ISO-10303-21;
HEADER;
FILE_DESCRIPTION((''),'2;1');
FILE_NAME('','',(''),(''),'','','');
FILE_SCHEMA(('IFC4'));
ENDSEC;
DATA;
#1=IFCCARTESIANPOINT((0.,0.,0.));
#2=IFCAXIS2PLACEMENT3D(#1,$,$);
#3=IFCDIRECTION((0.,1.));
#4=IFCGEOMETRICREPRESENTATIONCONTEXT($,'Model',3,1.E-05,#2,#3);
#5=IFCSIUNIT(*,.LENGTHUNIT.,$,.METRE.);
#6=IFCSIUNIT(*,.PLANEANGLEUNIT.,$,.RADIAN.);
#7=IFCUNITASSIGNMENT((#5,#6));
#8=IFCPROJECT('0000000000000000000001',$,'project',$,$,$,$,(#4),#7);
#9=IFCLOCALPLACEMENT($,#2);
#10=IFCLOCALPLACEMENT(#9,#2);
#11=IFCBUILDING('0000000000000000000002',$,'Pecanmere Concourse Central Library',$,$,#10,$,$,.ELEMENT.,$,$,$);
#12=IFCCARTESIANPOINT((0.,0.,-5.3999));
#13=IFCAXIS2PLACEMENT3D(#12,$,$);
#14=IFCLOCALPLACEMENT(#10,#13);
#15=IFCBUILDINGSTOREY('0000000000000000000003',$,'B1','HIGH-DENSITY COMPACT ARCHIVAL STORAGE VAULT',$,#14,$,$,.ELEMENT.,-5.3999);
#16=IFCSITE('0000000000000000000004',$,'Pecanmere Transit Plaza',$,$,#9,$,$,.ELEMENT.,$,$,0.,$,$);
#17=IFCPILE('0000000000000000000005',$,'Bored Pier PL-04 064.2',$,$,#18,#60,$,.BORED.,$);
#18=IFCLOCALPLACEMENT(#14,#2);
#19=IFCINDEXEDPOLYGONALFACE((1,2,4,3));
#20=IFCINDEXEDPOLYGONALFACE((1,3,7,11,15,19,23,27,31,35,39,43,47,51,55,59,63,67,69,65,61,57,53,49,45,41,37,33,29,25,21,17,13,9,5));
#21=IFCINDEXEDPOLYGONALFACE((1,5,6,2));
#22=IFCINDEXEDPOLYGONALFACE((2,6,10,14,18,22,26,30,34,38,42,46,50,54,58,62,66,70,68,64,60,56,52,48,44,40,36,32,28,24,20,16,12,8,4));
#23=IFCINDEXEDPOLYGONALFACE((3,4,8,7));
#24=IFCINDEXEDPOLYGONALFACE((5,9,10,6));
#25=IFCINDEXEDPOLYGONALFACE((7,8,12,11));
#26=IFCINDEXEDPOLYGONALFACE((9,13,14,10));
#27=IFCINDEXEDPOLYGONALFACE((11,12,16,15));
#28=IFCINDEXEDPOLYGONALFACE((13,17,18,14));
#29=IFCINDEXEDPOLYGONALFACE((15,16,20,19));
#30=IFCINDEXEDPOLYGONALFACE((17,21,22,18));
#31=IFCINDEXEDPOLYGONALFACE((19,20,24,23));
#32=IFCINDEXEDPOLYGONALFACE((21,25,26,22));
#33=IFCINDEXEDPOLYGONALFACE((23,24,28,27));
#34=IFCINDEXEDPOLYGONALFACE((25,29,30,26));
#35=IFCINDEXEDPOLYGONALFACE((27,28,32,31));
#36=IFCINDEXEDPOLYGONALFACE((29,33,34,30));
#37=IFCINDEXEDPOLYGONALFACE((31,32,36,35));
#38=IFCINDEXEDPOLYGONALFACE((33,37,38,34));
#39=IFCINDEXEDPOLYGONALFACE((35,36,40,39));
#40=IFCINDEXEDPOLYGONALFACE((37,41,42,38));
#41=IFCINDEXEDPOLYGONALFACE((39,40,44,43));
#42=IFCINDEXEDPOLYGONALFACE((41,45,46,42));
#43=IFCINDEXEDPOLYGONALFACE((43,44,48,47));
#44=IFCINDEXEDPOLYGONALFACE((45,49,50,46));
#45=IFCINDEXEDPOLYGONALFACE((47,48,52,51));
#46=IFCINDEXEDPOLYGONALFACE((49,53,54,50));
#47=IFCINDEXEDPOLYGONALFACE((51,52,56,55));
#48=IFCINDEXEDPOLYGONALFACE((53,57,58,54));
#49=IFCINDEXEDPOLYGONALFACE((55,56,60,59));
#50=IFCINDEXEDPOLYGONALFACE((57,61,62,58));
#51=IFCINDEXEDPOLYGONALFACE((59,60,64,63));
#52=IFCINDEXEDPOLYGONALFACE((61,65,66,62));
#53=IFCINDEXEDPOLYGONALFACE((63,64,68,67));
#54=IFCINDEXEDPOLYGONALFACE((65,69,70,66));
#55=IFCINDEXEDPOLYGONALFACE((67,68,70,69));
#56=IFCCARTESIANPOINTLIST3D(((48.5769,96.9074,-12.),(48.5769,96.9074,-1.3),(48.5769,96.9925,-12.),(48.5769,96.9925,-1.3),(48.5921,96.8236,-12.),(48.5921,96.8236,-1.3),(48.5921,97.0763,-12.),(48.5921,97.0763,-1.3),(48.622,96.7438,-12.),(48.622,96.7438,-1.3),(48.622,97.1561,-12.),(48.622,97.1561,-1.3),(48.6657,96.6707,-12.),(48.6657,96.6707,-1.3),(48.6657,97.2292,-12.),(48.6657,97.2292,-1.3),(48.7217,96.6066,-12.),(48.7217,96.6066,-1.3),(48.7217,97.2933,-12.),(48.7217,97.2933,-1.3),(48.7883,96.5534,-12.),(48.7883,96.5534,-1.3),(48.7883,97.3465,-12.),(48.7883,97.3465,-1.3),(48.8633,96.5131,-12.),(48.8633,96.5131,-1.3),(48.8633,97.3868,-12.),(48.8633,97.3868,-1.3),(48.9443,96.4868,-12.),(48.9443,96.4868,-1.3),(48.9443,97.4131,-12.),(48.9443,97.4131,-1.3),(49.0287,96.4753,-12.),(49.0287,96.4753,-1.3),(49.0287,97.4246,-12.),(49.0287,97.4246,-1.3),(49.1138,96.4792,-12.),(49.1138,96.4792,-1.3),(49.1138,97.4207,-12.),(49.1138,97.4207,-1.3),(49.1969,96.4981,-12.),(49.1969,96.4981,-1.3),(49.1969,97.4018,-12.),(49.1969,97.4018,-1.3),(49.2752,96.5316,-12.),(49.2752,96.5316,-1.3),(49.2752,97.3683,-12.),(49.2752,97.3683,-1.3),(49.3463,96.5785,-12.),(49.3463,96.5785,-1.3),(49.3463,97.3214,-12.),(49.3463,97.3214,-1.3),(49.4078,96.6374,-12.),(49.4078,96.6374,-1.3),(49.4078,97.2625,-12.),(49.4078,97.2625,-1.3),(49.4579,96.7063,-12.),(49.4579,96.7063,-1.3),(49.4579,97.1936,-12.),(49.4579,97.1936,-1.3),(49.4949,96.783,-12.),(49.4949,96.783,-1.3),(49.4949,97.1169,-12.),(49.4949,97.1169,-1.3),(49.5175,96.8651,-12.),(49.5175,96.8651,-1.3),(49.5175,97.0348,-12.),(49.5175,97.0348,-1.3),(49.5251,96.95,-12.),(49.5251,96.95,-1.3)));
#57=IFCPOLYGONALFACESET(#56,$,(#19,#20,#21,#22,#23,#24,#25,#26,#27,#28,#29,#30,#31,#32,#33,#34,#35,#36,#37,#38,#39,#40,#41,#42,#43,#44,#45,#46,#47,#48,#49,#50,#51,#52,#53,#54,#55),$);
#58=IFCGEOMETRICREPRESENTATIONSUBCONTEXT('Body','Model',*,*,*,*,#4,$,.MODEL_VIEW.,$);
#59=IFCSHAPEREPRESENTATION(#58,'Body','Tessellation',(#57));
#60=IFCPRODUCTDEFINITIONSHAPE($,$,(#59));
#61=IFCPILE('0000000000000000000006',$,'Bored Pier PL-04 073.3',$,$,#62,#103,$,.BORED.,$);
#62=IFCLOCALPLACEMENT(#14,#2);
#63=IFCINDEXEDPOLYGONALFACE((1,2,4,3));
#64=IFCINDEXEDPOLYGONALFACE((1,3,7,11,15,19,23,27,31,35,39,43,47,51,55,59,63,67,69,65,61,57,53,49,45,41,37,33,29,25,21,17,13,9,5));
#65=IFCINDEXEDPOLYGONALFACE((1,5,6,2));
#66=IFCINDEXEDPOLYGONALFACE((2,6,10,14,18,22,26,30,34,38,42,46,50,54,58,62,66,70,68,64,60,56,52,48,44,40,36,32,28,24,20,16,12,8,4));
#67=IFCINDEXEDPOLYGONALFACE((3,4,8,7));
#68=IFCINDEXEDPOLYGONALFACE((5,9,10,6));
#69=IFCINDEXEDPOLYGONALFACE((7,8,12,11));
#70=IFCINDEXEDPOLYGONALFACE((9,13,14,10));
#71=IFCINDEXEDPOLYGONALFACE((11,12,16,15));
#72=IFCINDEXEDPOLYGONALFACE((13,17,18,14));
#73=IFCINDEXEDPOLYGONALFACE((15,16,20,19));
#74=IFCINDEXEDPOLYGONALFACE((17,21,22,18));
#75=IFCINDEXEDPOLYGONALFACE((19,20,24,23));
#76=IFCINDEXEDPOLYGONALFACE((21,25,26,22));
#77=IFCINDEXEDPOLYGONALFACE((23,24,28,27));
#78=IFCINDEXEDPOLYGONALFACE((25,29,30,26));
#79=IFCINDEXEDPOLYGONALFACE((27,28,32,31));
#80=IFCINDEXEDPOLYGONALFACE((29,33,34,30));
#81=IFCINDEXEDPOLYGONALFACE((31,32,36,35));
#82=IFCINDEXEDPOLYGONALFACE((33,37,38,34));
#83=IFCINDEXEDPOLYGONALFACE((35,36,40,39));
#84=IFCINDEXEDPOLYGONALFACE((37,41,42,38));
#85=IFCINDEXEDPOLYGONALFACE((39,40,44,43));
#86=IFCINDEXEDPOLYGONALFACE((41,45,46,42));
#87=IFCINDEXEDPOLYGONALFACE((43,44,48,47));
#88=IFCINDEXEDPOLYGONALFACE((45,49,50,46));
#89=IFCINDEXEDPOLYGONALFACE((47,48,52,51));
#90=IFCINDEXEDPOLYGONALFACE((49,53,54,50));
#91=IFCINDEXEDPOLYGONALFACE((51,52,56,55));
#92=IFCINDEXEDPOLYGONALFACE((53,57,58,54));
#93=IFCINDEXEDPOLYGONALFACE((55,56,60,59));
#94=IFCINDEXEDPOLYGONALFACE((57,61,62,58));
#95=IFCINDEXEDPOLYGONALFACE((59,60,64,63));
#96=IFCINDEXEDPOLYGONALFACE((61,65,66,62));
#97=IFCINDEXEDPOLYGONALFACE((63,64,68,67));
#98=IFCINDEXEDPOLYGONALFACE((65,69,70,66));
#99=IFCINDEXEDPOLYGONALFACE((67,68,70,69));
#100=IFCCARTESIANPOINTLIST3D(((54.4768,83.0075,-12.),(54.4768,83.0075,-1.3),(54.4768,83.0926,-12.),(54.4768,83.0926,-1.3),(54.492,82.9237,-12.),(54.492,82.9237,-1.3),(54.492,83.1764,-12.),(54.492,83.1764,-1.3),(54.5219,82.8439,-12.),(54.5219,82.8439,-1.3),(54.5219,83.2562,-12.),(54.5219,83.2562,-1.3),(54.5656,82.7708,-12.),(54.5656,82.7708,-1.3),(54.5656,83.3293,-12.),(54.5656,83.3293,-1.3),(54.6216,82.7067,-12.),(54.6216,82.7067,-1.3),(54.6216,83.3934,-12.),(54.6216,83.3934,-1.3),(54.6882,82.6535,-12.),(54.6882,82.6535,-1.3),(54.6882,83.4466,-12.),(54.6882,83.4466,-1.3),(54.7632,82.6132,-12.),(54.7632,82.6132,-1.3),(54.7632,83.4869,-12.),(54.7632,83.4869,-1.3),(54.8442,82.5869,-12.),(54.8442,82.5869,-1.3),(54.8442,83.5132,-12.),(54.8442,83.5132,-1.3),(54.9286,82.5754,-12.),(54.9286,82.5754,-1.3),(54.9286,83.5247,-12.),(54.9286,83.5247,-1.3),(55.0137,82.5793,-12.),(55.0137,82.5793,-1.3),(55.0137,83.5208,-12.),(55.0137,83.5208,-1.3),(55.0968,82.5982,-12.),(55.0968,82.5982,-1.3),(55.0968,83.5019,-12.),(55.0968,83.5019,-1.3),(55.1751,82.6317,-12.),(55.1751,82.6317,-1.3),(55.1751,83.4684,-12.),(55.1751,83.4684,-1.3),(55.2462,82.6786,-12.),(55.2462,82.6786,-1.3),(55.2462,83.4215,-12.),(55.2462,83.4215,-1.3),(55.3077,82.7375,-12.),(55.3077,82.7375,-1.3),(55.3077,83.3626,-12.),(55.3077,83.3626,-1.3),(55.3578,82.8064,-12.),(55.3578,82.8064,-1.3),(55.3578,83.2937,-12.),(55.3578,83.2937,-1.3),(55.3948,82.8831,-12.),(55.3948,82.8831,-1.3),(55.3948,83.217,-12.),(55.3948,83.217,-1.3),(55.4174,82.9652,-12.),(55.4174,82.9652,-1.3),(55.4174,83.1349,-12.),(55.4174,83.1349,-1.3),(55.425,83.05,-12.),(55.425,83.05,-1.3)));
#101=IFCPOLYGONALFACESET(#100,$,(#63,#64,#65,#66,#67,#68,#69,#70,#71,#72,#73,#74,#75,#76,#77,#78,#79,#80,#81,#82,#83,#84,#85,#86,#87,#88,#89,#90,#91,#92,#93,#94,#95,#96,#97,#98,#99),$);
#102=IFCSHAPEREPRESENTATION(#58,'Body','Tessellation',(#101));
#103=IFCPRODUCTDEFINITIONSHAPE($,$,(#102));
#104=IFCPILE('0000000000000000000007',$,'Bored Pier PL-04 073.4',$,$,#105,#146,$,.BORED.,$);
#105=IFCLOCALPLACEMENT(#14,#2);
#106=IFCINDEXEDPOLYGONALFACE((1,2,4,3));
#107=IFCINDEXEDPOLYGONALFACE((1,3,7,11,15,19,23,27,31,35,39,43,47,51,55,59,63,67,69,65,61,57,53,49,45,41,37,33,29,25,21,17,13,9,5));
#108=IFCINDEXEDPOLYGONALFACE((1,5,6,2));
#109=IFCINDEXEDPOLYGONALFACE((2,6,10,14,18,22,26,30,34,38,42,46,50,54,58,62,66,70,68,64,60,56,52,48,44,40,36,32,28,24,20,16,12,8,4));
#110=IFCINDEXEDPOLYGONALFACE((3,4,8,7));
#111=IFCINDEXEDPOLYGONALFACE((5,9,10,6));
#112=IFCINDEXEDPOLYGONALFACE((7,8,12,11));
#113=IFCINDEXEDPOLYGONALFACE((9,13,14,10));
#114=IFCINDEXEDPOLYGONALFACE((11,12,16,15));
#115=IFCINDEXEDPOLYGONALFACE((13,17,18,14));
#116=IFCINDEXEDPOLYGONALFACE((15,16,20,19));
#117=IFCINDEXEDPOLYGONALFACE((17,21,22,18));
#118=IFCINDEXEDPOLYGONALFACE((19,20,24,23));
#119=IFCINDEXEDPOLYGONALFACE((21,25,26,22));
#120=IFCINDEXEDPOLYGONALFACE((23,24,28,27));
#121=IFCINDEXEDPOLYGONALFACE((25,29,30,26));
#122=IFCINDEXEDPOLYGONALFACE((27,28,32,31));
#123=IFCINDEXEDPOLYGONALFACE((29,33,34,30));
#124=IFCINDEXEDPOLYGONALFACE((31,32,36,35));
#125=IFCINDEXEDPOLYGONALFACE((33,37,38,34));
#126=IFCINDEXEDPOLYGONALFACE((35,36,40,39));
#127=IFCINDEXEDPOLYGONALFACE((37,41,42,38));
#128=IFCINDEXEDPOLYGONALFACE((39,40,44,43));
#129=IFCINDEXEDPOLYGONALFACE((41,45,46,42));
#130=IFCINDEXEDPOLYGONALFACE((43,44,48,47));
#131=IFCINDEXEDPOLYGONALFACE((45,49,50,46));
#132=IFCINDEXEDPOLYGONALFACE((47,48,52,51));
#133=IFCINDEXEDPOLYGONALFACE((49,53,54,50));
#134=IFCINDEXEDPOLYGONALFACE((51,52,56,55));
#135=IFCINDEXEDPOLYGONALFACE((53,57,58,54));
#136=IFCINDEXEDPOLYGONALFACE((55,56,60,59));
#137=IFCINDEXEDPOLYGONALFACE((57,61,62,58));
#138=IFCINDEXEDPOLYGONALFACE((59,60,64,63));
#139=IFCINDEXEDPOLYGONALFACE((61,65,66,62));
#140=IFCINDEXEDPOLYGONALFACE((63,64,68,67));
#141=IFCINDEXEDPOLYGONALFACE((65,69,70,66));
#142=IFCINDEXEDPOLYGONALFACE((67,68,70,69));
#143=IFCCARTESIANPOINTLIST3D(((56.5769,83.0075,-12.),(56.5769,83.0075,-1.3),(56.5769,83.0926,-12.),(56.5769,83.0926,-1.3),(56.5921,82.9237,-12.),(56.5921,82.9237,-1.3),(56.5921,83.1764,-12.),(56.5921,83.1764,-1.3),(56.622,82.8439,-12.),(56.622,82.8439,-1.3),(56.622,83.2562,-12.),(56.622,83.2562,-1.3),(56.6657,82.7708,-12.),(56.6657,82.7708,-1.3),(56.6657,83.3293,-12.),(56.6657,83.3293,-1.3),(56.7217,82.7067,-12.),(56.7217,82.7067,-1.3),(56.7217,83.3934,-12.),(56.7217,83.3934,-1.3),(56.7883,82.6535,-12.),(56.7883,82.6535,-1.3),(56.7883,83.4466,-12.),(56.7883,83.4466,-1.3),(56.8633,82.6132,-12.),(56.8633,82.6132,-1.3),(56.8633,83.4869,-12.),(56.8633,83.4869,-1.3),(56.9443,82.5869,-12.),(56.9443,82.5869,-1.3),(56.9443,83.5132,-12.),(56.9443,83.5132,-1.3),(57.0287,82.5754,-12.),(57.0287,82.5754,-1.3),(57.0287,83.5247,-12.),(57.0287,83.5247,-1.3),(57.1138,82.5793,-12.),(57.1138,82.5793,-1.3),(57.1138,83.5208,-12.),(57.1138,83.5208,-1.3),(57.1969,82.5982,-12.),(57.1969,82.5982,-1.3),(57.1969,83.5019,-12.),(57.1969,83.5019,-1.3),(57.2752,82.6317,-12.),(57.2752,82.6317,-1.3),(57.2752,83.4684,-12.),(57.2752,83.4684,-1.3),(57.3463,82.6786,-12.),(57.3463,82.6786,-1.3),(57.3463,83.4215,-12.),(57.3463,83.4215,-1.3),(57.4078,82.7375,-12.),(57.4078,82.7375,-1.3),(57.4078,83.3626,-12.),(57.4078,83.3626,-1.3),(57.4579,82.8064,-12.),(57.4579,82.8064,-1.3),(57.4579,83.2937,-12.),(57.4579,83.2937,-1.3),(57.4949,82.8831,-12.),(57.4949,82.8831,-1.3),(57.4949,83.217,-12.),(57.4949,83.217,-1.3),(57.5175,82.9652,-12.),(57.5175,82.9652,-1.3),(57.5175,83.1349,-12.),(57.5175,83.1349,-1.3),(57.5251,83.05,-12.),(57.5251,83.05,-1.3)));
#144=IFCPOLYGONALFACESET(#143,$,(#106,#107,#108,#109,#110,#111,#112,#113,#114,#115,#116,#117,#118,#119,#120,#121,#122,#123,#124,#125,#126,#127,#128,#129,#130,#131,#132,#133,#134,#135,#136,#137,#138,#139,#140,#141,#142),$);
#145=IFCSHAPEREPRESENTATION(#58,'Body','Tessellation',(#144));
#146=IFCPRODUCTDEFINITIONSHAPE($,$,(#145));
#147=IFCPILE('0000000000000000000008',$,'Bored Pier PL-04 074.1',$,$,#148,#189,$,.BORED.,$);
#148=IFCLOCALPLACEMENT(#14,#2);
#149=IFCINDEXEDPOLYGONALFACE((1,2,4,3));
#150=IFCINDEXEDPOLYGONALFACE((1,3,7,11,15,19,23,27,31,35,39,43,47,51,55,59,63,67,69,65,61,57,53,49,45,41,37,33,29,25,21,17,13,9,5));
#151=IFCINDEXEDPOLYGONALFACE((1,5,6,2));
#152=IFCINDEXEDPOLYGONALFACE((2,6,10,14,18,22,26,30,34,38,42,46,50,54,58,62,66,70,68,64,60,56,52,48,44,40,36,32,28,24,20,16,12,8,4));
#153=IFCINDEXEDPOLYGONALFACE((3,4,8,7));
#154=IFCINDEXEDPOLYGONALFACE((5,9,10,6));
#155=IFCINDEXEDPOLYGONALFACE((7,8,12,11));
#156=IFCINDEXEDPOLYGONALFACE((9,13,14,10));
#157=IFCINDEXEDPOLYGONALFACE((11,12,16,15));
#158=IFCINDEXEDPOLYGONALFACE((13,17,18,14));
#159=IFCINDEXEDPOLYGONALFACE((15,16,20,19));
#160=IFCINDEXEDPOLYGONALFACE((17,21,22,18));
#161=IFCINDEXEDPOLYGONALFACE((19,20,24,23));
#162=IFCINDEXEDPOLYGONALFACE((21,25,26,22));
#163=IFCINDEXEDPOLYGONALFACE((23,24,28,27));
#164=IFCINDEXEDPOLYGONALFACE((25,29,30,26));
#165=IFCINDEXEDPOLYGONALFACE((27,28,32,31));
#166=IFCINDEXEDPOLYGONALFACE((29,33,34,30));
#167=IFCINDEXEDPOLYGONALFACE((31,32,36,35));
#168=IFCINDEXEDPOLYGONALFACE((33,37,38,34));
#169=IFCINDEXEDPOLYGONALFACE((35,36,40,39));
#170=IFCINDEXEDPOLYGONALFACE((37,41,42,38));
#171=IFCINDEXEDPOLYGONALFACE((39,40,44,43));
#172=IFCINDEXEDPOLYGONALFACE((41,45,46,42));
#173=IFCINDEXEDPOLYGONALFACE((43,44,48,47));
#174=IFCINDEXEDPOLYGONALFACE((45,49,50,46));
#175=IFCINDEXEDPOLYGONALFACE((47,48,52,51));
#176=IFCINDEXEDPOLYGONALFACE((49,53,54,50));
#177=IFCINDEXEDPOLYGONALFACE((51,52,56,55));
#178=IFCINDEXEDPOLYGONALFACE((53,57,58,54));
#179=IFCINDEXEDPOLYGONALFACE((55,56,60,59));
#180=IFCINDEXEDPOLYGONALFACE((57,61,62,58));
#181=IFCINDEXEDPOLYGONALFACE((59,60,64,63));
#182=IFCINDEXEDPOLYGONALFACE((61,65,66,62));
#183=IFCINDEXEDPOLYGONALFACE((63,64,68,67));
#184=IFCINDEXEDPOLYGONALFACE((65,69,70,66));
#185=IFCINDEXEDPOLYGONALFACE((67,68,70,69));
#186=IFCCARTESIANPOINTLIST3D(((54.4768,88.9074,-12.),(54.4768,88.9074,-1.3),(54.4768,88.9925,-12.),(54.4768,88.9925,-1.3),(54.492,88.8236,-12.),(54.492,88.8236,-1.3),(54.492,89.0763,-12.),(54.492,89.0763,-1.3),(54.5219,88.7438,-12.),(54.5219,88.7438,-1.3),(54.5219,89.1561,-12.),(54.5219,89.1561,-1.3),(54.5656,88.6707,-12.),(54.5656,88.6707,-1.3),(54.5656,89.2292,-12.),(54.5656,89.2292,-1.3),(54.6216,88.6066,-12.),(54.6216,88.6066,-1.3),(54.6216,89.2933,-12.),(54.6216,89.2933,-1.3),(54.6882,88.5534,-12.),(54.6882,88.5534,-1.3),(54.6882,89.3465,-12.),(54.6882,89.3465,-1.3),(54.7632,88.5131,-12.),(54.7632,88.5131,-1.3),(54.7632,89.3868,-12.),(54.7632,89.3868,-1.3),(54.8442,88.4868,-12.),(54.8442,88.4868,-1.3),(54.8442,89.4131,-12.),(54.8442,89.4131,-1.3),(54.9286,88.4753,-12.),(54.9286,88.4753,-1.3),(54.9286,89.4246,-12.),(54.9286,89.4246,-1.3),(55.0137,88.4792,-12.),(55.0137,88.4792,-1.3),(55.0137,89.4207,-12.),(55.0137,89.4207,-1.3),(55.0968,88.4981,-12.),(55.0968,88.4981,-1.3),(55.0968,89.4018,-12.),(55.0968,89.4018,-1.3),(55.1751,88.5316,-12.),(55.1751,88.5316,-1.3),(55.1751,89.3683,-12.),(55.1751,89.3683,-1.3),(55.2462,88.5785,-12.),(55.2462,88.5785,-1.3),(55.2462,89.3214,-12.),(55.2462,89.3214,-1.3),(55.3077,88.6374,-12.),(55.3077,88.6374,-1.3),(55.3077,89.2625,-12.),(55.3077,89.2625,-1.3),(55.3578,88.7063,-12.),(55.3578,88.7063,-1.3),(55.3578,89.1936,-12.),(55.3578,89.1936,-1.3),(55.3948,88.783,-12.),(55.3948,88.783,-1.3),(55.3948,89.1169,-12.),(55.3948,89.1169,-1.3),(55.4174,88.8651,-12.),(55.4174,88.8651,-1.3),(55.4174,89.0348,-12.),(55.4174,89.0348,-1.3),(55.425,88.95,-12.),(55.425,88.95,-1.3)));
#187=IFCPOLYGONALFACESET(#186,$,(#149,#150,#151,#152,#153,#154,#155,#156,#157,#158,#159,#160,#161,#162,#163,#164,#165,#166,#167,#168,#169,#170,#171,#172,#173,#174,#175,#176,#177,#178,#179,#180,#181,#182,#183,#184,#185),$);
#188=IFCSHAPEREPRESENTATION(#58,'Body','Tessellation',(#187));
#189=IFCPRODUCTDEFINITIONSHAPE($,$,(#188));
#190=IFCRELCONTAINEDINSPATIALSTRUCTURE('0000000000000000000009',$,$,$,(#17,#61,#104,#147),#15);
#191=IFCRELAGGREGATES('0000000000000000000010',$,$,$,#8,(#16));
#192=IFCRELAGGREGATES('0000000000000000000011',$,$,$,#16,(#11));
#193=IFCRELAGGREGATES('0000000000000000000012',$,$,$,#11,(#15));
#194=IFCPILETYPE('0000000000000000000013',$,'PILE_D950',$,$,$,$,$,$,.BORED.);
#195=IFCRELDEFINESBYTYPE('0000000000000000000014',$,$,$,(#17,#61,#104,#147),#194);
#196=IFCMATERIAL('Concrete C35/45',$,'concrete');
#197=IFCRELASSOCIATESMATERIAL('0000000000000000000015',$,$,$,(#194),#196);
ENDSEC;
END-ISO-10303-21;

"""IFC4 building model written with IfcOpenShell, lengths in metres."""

from ifc_helpers import new_model, si_unit, direction, frame, origin, origin_2d, place, context, subcontext, project, spatial, circle, extrude, material, material_profile, profile_set, type_object, element, save


model = new_model("IFC4")

# Units and contexts
model_context = context("Model", 3, precision=1e-05, world=origin(), true_north=direction((0.0, 1.0)))
body_context = subcontext(model_context, "Body", "Model", "MODEL_VIEW")
ifc_project = project(units=[si_unit("LENGTHUNIT", "METRE"), si_unit("PLANEANGLEUNIT", "RADIAN")], contexts=[model_context])

# Site, building, storey
site_placement = place(None, origin())
site = spatial("IfcSite", under=ifc_project, at=site_placement, Name="Pecanmere Transit Plaza", CompositionType="ELEMENT", RefElevation=0.0)
building_placement = place(site_placement, origin())
building = spatial("IfcBuilding", under=site, at=building_placement, Name="Pecanmere Concourse Central Library", CompositionType="ELEMENT")
storey_placement = place(building_placement, frame((0.0, 0.0, -5.3999)))
storey = spatial("IfcBuildingStorey", under=building, at=storey_placement, Name="B1", Description="HIGH-DENSITY COMPACT ARCHIVAL STORAGE VAULT", CompositionType="ELEMENT", Elevation=-5.3999)

# Piles
ifc_material_1 = material(Name="Concrete C35/45", Category="concrete")
ifc_material_profile_1 = material_profile(ifc_material_1, circle(Radius=0.4751, at=origin_2d()), Name="PIER D950")
ifc_profile_set_1 = profile_set([ifc_material_profile_1], Name="Concrete C35/45")
pile_type = type_object("IfcPileType", Name="PILE_D950", PredefinedType="BORED", material=ifc_profile_set_1)
for number, where, z_axis, x_axis, name in (
    (1, (49.05, 96.95, -1.3), (0.0, 0.0, -1.0), (1.0, 0.0, 0.0), "Bored Pier PL-04 064.2"),
    (2, (54.95, 83.05, -1.3), (0.0, 0.0, -1.0), (1.0, 0.0, 0.0), "Bored Pier PL-04 073.3"),
    (3, (57.05, 83.05, -1.3), (0.0, 0.0, -1.0), (1.0, 0.0, 0.0), "Bored Pier PL-04 073.4"),
    (4, (54.95, 88.95, -1.3), (0.0, 0.0, -1.0), (1.0, 0.0, 0.0), "Bored Pier PL-04 074.1"),
):
    element("IfcPile", number, at=place(storey_placement, frame(where, z_axis=z_axis, x_axis=x_axis)), inside=storey, type_object=pile_type, Name=name, PredefinedType="BORED", context=body_context, shape_type="SweptSolid", body=[
        extrude(circle(Radius=0.4751, at=origin_2d()), origin(), (0.0, 0.0, 1.0), 10.7),
    ])

save(model, "model.ifc")
